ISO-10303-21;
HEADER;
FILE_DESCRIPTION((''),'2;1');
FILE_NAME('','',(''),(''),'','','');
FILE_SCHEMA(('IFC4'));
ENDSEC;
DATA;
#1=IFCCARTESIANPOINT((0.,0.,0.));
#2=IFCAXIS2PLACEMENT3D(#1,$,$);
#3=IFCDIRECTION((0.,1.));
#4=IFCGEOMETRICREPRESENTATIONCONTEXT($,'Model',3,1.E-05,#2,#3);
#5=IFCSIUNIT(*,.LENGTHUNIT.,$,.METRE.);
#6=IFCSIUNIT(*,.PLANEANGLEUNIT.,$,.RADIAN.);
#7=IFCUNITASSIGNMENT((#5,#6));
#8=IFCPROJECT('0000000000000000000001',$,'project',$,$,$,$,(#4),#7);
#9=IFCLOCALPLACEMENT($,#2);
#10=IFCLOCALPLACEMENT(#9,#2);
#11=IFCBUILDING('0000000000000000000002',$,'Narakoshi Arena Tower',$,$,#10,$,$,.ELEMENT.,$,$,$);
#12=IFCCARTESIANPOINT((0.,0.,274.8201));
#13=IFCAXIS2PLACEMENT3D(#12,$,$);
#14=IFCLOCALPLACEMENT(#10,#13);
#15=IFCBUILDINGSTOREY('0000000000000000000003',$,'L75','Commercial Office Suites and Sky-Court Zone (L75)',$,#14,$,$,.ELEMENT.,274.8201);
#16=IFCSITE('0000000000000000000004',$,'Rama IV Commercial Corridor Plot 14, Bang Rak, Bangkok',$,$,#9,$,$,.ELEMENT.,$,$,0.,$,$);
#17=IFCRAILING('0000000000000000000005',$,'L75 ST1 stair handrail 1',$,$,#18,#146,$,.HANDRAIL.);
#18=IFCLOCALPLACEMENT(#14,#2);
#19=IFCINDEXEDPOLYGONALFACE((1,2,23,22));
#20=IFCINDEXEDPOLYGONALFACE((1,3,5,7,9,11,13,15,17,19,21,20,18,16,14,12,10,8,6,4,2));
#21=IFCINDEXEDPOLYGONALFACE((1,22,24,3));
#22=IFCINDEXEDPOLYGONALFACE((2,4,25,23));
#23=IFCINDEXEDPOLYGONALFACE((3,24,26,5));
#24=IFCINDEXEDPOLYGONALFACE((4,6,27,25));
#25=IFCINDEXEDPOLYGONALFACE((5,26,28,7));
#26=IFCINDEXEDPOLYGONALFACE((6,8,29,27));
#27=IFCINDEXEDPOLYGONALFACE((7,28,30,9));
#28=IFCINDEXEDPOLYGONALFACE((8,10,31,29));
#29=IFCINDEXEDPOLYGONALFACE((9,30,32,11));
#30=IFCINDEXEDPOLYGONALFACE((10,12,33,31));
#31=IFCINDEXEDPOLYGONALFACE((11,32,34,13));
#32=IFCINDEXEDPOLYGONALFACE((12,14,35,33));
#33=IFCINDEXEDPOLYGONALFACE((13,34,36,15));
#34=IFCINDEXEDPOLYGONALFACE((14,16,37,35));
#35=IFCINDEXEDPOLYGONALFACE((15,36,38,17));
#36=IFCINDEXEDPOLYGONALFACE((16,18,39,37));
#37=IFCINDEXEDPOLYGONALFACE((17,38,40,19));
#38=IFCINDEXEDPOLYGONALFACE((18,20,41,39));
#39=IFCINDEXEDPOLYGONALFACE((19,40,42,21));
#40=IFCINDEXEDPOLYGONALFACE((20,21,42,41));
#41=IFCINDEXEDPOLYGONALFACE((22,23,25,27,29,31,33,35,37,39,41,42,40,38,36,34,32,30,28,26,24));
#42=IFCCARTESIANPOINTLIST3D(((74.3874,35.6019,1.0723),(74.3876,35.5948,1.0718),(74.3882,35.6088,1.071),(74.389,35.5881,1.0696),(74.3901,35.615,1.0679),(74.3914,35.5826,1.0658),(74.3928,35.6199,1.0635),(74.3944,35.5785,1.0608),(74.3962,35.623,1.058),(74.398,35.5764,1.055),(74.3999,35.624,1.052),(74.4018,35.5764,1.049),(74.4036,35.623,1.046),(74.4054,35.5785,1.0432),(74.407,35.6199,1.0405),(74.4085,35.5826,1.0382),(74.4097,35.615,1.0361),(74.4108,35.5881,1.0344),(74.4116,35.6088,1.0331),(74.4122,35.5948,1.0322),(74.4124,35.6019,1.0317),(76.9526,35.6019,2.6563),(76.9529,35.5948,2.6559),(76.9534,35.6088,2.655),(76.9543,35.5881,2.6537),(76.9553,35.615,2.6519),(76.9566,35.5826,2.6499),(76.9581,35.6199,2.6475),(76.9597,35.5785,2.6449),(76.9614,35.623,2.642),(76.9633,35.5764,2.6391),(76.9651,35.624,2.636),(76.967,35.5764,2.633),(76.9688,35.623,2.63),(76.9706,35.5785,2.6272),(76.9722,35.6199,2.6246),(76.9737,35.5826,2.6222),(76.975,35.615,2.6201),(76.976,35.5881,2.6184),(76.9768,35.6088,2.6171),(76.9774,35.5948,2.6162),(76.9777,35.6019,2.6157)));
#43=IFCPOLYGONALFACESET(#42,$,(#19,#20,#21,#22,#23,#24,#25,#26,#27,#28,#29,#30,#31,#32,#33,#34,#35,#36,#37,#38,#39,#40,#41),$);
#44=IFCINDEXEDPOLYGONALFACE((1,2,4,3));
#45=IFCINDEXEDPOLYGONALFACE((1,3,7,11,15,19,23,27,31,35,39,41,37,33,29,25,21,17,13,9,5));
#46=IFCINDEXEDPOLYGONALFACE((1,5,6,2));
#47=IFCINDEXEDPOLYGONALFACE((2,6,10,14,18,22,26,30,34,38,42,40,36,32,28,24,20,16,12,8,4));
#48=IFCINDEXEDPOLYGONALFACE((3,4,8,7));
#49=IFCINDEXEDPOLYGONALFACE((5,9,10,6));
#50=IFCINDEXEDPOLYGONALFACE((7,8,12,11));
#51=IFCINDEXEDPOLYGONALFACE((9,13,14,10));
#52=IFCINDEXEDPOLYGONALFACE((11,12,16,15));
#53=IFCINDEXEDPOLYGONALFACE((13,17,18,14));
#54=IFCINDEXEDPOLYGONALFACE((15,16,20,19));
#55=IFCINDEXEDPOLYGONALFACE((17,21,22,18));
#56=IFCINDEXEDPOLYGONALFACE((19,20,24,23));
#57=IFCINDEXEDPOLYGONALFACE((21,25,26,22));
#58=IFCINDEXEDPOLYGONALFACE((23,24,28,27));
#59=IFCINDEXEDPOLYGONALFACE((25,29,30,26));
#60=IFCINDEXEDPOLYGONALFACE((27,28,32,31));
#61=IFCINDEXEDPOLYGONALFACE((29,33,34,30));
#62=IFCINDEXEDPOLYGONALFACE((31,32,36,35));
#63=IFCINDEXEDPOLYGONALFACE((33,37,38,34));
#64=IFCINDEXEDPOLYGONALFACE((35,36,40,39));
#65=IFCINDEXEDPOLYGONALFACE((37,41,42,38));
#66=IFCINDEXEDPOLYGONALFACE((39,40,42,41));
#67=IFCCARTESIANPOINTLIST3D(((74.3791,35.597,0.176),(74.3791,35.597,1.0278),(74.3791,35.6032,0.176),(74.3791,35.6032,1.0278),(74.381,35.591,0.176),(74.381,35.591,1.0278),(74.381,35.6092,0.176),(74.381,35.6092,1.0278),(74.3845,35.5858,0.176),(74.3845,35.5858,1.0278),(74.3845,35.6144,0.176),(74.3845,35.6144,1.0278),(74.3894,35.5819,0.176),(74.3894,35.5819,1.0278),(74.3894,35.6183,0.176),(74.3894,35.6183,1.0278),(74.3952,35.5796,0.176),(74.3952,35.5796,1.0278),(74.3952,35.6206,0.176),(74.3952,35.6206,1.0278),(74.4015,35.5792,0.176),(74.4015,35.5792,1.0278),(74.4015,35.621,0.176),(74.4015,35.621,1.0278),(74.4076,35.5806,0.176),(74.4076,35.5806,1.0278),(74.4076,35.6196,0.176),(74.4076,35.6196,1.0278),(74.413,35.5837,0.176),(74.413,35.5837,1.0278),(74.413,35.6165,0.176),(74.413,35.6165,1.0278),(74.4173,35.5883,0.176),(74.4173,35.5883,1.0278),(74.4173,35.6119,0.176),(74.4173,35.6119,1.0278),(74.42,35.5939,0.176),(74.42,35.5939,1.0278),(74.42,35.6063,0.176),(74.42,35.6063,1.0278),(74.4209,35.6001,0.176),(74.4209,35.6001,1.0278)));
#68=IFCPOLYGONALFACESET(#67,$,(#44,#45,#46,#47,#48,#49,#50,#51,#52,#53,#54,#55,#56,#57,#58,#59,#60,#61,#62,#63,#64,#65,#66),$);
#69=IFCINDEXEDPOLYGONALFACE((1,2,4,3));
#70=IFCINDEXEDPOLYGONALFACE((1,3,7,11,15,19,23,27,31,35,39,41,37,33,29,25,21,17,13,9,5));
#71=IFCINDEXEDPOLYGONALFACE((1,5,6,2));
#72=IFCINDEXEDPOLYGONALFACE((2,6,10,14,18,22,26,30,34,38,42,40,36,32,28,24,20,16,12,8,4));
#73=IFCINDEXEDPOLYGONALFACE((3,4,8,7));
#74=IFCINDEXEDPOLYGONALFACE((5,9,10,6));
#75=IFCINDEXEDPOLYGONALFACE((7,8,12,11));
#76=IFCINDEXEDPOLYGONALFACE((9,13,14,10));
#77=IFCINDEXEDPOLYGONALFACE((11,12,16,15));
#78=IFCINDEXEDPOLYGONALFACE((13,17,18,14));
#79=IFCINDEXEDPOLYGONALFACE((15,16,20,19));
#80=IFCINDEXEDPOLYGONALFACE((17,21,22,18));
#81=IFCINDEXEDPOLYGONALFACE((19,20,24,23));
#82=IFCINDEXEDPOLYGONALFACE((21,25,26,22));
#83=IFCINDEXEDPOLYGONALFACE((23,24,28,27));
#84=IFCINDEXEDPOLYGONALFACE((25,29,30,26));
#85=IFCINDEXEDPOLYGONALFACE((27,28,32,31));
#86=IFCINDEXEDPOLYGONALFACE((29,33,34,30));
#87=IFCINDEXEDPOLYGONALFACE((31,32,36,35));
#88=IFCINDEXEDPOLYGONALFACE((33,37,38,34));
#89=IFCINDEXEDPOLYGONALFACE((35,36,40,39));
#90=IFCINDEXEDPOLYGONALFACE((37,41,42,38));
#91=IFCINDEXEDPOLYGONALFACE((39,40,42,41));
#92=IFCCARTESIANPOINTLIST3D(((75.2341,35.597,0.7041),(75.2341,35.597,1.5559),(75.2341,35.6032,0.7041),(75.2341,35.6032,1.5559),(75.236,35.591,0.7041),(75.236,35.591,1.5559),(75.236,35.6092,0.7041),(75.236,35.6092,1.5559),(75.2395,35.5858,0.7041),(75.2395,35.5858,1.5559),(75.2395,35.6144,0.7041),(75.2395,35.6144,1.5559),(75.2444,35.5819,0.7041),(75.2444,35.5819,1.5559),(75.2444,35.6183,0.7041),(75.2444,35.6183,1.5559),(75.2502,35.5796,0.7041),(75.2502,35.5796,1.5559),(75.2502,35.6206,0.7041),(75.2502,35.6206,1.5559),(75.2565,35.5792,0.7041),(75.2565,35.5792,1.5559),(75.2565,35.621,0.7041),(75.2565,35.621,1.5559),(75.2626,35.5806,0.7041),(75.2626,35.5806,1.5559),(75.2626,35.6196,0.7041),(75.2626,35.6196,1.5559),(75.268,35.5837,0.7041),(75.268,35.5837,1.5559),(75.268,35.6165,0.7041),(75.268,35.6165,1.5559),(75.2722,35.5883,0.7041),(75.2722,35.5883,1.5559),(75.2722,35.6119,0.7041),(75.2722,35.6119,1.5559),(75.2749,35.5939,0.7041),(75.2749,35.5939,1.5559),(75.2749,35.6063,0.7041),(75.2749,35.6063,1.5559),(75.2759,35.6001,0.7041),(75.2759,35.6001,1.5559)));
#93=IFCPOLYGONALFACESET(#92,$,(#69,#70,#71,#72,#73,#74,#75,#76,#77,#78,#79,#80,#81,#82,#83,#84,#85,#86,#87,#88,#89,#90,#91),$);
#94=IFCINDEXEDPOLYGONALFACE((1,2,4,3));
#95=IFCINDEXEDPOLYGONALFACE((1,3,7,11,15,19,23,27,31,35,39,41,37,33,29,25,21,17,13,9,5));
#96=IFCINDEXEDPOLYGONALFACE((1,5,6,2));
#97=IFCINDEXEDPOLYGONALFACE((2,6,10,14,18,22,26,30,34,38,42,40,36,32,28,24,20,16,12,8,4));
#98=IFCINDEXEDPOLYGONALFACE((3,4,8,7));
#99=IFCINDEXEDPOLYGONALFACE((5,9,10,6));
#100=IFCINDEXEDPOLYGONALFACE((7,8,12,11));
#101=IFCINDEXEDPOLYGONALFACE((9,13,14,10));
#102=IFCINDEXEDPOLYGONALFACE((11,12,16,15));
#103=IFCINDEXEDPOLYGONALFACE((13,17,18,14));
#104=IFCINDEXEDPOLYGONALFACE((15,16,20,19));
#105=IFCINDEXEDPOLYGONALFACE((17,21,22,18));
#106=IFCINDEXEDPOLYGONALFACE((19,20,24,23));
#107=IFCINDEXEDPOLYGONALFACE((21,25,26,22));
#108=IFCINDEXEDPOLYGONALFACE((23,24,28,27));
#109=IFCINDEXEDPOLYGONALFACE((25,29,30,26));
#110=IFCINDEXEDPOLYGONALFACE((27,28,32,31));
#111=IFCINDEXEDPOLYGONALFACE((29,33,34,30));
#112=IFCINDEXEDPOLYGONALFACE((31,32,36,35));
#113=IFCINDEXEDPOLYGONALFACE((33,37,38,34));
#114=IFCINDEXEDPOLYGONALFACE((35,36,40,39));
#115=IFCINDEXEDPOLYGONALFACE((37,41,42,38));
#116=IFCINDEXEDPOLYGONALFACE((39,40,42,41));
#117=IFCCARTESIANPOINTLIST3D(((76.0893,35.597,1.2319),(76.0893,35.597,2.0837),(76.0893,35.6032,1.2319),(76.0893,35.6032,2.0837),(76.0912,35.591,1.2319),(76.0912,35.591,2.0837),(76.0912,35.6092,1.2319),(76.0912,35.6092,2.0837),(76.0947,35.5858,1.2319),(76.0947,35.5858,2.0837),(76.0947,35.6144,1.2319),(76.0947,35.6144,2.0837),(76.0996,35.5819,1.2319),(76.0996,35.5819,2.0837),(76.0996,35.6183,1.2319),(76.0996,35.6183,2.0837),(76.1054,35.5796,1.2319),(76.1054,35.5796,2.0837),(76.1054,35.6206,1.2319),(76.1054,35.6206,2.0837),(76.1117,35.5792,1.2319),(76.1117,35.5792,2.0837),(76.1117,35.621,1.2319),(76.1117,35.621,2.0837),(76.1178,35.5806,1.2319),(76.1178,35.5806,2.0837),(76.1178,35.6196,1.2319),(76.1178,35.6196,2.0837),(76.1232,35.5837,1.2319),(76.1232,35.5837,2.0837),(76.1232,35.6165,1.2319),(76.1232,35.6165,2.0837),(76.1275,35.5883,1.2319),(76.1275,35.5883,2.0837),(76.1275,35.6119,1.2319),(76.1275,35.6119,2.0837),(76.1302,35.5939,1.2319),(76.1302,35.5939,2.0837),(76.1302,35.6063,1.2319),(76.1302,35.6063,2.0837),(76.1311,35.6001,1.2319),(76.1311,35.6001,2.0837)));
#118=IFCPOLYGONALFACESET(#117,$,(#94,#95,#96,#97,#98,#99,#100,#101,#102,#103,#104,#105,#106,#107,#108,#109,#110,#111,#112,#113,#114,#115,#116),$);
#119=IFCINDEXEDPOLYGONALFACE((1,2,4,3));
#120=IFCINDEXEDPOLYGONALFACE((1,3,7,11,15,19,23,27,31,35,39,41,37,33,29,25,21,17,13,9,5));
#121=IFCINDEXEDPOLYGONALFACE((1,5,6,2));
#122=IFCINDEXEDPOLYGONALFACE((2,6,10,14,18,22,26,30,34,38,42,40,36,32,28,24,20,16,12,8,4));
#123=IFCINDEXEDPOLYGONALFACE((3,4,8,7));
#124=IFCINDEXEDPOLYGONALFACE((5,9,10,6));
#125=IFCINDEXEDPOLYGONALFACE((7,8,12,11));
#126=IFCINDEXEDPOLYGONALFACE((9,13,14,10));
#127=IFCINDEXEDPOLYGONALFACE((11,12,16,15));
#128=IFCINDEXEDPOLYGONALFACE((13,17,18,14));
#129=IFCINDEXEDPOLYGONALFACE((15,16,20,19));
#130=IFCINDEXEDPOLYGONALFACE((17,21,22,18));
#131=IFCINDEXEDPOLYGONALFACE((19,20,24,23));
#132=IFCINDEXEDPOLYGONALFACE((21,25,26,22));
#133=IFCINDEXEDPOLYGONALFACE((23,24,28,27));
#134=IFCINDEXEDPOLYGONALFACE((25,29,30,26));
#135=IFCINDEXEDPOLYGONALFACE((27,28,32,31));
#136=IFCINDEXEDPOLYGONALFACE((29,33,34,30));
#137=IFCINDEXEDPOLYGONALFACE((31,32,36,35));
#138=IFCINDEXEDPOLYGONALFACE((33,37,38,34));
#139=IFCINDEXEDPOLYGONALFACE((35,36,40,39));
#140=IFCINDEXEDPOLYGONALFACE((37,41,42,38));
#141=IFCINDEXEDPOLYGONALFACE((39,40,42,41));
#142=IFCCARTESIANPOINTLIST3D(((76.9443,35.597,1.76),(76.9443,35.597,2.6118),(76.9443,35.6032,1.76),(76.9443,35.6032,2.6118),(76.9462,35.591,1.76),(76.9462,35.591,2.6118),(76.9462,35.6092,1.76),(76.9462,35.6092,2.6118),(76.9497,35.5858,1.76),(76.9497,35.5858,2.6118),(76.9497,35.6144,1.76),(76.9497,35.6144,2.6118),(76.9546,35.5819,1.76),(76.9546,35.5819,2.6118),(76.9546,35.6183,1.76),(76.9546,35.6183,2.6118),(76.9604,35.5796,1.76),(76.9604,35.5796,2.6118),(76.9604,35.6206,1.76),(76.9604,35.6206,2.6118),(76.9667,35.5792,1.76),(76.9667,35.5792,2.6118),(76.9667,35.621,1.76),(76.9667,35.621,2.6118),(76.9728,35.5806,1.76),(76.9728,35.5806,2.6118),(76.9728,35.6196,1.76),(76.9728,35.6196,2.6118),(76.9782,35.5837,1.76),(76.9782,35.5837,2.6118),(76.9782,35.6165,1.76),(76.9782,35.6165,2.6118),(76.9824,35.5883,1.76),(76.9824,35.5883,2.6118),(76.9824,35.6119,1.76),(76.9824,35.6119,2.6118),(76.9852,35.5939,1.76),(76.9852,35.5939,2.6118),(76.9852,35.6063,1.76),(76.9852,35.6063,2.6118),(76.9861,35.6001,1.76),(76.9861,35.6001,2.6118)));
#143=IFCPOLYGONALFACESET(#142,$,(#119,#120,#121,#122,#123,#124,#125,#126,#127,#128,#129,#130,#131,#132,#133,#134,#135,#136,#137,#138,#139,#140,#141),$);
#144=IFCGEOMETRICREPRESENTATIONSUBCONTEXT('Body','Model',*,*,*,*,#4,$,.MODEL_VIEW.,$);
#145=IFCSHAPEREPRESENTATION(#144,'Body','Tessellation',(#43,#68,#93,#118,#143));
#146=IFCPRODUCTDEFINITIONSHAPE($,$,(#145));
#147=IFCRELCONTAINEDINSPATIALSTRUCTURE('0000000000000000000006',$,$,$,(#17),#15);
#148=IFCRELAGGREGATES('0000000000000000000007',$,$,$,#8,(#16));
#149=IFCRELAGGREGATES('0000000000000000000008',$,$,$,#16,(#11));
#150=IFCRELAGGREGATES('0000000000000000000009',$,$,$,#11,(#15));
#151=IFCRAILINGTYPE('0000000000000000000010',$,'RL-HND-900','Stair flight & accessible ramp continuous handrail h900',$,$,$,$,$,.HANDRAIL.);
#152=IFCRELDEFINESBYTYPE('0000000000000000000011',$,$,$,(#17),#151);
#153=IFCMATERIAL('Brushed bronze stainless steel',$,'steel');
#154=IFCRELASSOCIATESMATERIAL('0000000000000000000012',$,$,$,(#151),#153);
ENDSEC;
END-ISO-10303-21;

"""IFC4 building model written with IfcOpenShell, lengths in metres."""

from ifc_helpers import new_model, si_unit, direction, frame, origin, origin_2d, place, context, subcontext, project, spatial, circle, extrude, material, type_object, element, save


model = new_model("IFC4")

# Units and contexts
model_context = context("Model", 3, precision=1e-05, world=origin(), true_north=direction((0.0, 1.0)))
body_context = subcontext(model_context, "Body", "Model", "MODEL_VIEW")
ifc_project = project(units=[si_unit("LENGTHUNIT", "METRE"), si_unit("PLANEANGLEUNIT", "RADIAN")], contexts=[model_context])

# Site, building, storey
site_placement = place(None, origin())
site = spatial("IfcSite", under=ifc_project, at=site_placement, Name="Rama IV Commercial Corridor Plot 14, Bang Rak, Bangkok", CompositionType="ELEMENT", RefElevation=0.0)
building_placement = place(site_placement, origin())
building = spatial("IfcBuilding", under=site, at=building_placement, Name="Narakoshi Arena Tower", CompositionType="ELEMENT")
storey_placement = place(building_placement, frame((0.0, 0.0, 274.8201)))
storey = spatial("IfcBuildingStorey", under=building, at=storey_placement, Name="L75", Description="Commercial Office Suites and Sky-Court Zone (L75)", CompositionType="ELEMENT", Elevation=274.8201)

# Railing
ifc_material_1 = material(Name="Brushed bronze stainless steel", Category="steel")
railing_type_1 = type_object("IfcRailingType", Name="RL-HND-900", Description="Stair flight & accessible ramp continuous handrail h900", PredefinedType="HANDRAIL", material=ifc_material_1)
railing_1_placement = place(storey_placement, frame((74.3999, 35.6001, 0.176)))
element("IfcRailing", 1, at=railing_1_placement, inside=storey, type_object=railing_type_1, Name="L75 ST1 stair handrail 1", PredefinedType="HANDRAIL", context=body_context, shape_type="SweptSolid", body=[
    extrude(circle(Radius=0.0239, at=origin_2d()), frame((0.0, 0.0, 0.876), z_axis=(0.850857, 0.0, 0.525398), x_axis=(0.0, 1.0, 0.0)), (0.0, 0.0, 1.0), 3.0149),
    extrude(circle(Radius=0.021, at=origin_2d()), origin(), (0.0, 0.0, 1.0), 0.8518),
    extrude(circle(Radius=0.021, at=origin_2d()), frame((0.855, 0.0, 0.5281)), (0.0, 0.0, 1.0), 0.8518),
    extrude(circle(Radius=0.021, at=origin_2d()), frame((1.7102, 0.0, 1.0559)), (0.0, 0.0, 1.0), 0.8518),
    extrude(circle(Radius=0.021, at=origin_2d()), frame((2.5652, 0.0, 1.584)), (0.0, 0.0, 1.0), 0.8518),
])

save(model, "model.ifc")
